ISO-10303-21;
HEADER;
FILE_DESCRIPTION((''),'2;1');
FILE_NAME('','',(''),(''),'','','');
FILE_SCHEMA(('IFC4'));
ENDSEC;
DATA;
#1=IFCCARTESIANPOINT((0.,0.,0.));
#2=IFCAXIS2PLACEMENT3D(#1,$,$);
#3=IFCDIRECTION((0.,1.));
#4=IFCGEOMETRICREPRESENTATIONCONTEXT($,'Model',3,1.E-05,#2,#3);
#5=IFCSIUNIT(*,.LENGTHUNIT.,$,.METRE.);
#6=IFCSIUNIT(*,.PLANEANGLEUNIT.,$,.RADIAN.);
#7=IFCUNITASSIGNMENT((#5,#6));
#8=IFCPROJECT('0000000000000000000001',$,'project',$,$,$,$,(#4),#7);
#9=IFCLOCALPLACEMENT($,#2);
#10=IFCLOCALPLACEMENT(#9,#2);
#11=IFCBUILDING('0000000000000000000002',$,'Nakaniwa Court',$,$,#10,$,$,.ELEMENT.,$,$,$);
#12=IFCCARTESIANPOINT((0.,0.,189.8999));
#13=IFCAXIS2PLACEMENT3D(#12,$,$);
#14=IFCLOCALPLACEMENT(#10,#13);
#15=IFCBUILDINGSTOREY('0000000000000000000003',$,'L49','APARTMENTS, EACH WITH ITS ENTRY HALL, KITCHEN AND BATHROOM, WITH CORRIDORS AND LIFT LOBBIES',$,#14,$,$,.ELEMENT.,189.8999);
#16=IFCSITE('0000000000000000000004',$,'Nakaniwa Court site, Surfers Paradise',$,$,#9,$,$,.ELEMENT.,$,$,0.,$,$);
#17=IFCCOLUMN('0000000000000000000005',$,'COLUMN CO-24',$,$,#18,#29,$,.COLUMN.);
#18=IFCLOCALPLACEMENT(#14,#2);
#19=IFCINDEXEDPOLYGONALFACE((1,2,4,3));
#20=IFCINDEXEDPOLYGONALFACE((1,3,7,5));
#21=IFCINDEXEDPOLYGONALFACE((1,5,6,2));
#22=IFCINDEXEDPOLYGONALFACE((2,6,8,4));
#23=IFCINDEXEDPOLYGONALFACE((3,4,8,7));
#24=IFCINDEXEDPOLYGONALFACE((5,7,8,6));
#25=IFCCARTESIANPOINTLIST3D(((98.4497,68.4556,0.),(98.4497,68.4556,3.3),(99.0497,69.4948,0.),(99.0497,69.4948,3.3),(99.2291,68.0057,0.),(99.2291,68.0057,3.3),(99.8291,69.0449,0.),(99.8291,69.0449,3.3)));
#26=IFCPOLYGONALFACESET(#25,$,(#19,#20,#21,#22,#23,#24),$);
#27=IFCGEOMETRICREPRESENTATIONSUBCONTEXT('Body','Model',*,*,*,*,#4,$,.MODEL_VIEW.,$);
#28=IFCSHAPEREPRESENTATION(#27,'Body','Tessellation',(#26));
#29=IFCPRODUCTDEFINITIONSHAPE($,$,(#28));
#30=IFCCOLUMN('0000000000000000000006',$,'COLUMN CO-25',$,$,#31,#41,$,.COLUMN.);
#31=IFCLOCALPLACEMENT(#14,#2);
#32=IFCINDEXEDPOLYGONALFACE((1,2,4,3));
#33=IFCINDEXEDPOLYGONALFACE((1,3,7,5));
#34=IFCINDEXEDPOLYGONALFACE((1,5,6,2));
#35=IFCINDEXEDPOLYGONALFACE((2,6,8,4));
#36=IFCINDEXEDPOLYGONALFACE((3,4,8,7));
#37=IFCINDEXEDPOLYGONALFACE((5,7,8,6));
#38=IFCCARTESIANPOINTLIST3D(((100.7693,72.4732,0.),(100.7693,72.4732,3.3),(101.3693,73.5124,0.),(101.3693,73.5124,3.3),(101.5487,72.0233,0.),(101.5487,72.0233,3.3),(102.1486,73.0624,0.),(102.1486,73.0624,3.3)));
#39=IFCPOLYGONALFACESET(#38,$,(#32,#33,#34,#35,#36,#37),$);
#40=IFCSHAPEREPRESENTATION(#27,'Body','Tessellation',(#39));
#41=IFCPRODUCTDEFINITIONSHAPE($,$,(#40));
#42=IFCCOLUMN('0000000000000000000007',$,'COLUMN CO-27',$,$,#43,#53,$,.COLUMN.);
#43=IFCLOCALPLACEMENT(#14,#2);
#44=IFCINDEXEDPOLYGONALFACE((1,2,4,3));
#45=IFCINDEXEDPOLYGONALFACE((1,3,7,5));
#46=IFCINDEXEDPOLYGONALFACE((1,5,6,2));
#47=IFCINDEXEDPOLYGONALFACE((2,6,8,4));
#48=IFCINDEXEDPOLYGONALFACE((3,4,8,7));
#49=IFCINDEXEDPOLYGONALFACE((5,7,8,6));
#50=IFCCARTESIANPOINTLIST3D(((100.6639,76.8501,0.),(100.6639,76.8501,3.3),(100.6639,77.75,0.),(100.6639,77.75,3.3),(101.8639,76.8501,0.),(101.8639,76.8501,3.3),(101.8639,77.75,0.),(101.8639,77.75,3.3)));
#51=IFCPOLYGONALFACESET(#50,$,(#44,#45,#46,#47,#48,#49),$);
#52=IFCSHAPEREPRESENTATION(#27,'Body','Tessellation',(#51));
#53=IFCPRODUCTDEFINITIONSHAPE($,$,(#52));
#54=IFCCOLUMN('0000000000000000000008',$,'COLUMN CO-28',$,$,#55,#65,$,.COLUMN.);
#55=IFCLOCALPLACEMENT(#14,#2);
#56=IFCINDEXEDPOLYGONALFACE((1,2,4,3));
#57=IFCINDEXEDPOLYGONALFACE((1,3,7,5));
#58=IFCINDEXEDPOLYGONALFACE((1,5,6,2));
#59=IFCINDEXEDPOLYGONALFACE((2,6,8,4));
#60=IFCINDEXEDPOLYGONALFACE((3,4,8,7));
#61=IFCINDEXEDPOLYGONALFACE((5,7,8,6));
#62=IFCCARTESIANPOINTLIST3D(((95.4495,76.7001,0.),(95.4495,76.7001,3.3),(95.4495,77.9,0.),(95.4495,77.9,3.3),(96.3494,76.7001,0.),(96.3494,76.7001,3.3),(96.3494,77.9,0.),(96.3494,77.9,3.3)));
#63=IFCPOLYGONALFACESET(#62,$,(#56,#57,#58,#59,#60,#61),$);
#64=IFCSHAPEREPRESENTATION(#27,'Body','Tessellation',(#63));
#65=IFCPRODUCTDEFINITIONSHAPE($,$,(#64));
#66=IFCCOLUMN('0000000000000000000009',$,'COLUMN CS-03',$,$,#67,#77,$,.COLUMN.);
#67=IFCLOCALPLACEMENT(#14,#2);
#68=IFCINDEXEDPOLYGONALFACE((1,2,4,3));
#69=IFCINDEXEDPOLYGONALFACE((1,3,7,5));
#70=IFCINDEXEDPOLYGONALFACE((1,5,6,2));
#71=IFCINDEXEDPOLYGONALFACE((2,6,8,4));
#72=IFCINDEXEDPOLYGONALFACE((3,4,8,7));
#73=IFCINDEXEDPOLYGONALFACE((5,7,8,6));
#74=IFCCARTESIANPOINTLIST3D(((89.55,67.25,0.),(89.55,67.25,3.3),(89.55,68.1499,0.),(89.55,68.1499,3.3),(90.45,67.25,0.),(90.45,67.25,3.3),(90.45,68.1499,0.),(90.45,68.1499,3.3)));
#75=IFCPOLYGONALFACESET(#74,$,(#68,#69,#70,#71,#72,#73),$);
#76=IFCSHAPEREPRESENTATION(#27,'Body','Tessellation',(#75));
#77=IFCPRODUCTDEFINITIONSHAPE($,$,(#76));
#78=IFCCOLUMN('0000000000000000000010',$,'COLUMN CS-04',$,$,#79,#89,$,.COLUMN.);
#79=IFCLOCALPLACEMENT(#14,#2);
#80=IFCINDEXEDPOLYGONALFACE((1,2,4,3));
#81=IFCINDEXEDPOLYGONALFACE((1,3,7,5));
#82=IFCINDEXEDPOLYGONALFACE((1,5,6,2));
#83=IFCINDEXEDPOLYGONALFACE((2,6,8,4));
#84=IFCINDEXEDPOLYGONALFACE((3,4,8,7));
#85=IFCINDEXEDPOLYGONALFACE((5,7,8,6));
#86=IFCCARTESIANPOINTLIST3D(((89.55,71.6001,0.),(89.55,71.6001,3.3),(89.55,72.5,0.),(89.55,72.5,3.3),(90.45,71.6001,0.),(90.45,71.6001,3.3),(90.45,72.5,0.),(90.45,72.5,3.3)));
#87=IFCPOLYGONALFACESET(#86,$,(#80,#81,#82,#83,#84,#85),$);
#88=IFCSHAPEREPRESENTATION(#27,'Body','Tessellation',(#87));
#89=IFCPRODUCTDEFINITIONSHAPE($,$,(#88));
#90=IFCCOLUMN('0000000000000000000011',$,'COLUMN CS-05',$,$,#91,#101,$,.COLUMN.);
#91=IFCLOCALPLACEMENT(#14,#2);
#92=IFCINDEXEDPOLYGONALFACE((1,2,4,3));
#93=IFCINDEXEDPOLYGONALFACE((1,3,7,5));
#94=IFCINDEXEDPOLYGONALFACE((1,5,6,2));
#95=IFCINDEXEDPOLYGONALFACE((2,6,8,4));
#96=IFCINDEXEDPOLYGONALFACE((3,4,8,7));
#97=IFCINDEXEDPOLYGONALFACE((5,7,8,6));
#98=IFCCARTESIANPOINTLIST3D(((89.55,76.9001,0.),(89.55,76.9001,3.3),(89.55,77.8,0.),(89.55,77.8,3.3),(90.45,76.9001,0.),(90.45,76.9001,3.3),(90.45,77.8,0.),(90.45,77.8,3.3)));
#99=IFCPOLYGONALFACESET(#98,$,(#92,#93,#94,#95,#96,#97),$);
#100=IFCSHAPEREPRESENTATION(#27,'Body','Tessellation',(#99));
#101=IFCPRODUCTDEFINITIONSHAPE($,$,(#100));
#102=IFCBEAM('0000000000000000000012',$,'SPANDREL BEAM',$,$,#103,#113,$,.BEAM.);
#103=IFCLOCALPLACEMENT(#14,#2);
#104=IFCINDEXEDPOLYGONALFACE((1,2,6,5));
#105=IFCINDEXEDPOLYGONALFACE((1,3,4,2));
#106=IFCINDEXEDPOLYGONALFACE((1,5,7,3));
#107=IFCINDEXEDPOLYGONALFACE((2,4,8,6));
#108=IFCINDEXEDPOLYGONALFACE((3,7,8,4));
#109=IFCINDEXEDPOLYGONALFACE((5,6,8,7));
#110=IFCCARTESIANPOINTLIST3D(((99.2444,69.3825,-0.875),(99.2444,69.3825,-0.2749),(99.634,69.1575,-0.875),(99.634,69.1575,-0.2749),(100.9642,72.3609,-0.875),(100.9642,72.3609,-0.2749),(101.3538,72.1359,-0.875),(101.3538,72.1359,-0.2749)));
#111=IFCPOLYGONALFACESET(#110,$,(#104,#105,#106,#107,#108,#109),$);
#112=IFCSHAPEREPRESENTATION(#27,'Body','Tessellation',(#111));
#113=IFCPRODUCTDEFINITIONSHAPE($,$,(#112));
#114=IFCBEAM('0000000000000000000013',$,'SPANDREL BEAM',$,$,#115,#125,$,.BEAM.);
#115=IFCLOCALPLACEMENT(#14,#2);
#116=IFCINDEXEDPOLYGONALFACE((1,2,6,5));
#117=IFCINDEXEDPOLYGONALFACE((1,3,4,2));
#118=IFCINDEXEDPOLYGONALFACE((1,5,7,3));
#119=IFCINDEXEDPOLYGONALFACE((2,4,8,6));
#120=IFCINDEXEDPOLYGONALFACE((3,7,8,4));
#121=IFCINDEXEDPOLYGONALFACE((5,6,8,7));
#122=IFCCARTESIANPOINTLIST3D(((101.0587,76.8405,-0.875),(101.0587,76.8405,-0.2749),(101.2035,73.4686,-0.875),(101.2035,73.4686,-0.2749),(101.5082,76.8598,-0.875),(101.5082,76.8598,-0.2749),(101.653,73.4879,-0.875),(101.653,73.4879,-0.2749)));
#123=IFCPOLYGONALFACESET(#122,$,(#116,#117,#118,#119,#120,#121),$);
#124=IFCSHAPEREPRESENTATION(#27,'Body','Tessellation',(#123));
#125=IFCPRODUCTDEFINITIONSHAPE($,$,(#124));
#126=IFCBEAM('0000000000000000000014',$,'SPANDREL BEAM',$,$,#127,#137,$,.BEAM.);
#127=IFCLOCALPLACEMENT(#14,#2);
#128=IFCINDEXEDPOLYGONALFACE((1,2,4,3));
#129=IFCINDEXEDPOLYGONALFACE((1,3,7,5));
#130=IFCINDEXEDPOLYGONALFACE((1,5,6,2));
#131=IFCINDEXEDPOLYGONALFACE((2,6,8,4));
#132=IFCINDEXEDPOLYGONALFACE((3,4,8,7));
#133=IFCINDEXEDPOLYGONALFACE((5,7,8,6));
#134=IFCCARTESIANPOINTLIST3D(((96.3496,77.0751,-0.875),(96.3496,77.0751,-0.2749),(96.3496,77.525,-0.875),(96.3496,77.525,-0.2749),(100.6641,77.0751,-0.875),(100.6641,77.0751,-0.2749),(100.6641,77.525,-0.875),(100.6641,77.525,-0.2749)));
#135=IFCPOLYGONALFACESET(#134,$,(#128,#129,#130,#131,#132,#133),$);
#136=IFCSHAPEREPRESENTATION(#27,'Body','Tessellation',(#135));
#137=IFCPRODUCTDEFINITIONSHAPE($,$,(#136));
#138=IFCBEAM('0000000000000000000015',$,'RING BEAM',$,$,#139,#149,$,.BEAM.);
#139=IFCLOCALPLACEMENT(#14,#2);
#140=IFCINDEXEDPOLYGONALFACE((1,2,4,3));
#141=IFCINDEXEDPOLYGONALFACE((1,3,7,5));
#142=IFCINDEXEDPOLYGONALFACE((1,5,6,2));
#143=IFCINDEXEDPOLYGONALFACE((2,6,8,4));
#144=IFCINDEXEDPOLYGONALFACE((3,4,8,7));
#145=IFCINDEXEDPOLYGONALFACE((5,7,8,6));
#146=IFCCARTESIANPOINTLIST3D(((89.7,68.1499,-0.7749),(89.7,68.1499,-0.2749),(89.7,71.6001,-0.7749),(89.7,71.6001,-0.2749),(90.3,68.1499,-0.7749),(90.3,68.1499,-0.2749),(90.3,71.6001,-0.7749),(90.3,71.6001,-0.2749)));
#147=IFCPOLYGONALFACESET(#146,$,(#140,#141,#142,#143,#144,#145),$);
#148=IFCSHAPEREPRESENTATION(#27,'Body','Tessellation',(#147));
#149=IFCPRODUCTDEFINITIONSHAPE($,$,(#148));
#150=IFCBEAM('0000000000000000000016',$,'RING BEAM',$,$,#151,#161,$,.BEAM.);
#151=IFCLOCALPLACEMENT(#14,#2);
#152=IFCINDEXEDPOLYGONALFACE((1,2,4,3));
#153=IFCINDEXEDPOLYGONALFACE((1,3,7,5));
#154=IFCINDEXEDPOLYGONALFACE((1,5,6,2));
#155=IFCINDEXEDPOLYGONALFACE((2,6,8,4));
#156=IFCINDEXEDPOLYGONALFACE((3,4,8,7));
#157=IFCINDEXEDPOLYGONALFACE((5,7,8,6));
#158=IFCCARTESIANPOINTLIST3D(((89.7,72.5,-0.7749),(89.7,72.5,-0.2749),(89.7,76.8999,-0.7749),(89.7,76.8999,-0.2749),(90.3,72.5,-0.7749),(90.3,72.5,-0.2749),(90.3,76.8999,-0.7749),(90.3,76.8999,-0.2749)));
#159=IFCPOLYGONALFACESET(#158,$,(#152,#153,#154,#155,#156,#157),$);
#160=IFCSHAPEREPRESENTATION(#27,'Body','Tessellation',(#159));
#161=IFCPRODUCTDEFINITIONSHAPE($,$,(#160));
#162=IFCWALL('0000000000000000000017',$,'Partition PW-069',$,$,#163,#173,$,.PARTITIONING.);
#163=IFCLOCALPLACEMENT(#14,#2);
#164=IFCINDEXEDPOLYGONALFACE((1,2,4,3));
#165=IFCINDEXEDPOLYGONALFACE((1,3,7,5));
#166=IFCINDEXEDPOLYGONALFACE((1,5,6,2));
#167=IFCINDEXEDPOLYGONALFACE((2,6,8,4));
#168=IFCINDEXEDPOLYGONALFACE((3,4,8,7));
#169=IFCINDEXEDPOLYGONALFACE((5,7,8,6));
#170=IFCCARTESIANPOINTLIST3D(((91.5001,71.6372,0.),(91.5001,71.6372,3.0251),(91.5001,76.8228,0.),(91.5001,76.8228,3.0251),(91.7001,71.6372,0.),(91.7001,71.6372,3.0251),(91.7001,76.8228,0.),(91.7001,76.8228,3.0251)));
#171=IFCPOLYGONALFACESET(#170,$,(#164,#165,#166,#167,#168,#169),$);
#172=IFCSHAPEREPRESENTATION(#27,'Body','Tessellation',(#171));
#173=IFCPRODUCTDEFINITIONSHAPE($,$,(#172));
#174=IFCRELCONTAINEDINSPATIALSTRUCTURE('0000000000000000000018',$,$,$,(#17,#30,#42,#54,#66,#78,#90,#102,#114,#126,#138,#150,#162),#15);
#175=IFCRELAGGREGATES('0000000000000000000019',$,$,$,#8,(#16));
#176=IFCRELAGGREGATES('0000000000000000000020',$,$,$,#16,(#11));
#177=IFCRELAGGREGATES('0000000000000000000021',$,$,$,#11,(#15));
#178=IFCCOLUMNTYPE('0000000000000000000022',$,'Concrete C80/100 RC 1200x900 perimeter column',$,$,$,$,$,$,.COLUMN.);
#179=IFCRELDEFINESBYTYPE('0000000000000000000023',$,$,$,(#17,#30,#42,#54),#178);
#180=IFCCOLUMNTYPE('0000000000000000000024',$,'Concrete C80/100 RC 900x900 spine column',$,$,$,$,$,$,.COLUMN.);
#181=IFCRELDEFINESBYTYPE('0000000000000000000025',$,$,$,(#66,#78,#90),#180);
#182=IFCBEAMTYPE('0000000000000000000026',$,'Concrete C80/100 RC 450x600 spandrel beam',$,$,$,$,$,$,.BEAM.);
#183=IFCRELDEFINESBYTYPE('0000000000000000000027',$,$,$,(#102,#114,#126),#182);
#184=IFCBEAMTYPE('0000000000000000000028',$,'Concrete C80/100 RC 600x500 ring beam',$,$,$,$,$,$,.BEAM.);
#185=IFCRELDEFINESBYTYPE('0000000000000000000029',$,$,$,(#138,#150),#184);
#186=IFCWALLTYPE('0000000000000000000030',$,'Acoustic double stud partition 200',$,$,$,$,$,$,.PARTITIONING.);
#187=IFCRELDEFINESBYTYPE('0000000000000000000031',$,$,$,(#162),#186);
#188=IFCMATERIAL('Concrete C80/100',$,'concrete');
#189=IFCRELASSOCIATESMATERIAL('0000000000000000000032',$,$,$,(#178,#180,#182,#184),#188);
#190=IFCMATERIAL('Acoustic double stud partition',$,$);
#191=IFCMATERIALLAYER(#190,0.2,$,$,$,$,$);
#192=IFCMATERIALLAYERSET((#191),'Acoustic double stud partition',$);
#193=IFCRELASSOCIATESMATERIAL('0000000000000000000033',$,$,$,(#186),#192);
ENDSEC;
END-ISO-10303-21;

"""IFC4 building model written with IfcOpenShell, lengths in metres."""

from ifc_helpers import new_model, si_unit, direction, frame, frame_2d, origin, origin_2d, place, context, subcontext, project, spatial, rectangle, extrude, material, layer, layer_set, material_profile, profile_set, type_object, element, save


model = new_model("IFC4")

# Units and contexts
model_context = context("Model", 3, precision=1e-05, world=origin(), true_north=direction((0.0, 1.0)))
body_context = subcontext(model_context, "Body", "Model", "MODEL_VIEW")
ifc_project = project(units=[si_unit("LENGTHUNIT", "METRE"), si_unit("PLANEANGLEUNIT", "RADIAN")], contexts=[model_context])

# Site, building, storey
site_placement = place(None, origin())
site = spatial("IfcSite", under=ifc_project, at=site_placement, Name="Nakaniwa Court site, Surfers Paradise", CompositionType="ELEMENT", RefElevation=0.0)
building_placement = place(site_placement, origin())
building = spatial("IfcBuilding", under=site, at=building_placement, Name="Nakaniwa Court", CompositionType="ELEMENT")
storey_placement = place(building_placement, frame((0.0, 0.0, 189.8999)))
storey = spatial("IfcBuildingStorey", under=building, at=storey_placement, Name="L49", Description="APARTMENTS, EACH WITH ITS ENTRY HALL, KITCHEN AND BATHROOM, WITH CORRIDORS AND LIFT LOBBIES", CompositionType="ELEMENT", Elevation=189.8999)

# Columns
ifc_material_1 = material(Name="Concrete C80/100", Category="concrete")
ifc_material_profile_1 = material_profile(ifc_material_1, rectangle(XDim=1.2, YDim=0.8999, at=origin_2d()), Name="Concrete C80/100 RC 1200x900 perimeter column")
ifc_profile_set_1 = profile_set([ifc_material_profile_1], Name="Concrete C80/100")
column_type_1 = type_object("IfcColumnType", Name="Concrete C80/100 RC 1200x900 perimeter column", PredefinedType="COLUMN", material=ifc_profile_set_1)
for number, where, z_axis, x_axis, name in (
    (1, (99.1394, 68.7502, 0.0), (0.0, 0.0, 1.0), (0.5, 0.866025, 0.0), "COLUMN CO-24"),
    (2, (101.459, 72.7678, 0.0), (0.0, 0.0, 1.0), (0.5, 0.866025, 0.0), "COLUMN CO-25"),
    (3, (101.2639, 77.3, 0.0), (0.0, 0.0, 1.0), (-1.0, 0.0, 0.0), "COLUMN CO-27"),
    (4, (95.8994, 77.3, 0.0), (0.0, 0.0, 1.0), (0.0, 1.0, 0.0), "COLUMN CO-28"),
):
    element("IfcColumn", number, at=place(storey_placement, frame(where, z_axis=z_axis, x_axis=x_axis)), inside=storey, type_object=column_type_1, Name=name, PredefinedType="COLUMN", context=body_context, shape_type="SweptSolid", body=[
        extrude(rectangle(XDim=1.2, YDim=0.8999, at=origin_2d()), origin(), (0.0, 0.0, 1.0), 3.3),
    ])
ifc_material_profile_2 = material_profile(ifc_material_1, rectangle(XDim=0.8999, YDim=0.8999, at=origin_2d()), Name="Concrete C80/100 RC 900x900 spine column")
ifc_profile_set_2 = profile_set([ifc_material_profile_2], Name="Concrete C80/100")
column_type_2 = type_object("IfcColumnType", Name="Concrete C80/100 RC 900x900 spine column", PredefinedType="COLUMN", material=ifc_profile_set_2)
for number, where, z_axis, x_axis, name in (
    (5, (90.0, 67.7, 0.0), (0.0, 0.0, 1.0), (0.0, 1.0, 0.0), "COLUMN CS-03"),
    (6, (90.0, 72.05, 0.0), (0.0, 0.0, 1.0), (0.0, 1.0, 0.0), "COLUMN CS-04"),
    (7, (90.0, 77.3501, 0.0), (0.0, 0.0, 1.0), (0.0, 1.0, 0.0), "COLUMN CS-05"),
):
    element("IfcColumn", number, at=place(storey_placement, frame(where, z_axis=z_axis, x_axis=x_axis)), inside=storey, type_object=column_type_2, Name=name, PredefinedType="COLUMN", context=body_context, shape_type="SweptSolid", body=[
        extrude(rectangle(XDim=0.8999, YDim=0.8999, at=origin_2d()), origin(), (0.0, 0.0, 1.0), 3.3),
    ])

# Beams
ifc_material_profile_3 = material_profile(ifc_material_1, rectangle(XDim=0.45, YDim=0.6001, at=origin_2d()), Name="Concrete C80/100 RC 450x600 spandrel beam")
ifc_profile_set_3 = profile_set([ifc_material_profile_3], Name="Concrete C80/100")
beam_type_1 = type_object("IfcBeamType", Name="Concrete C80/100 RC 450x600 spandrel beam", PredefinedType="BEAM", material=ifc_profile_set_3)
beam_1_placement = place(storey_placement, frame((99.4392, 69.27, -0.575), z_axis=(0.500048, 0.865998, 0.0), x_axis=(-0.865998, 0.500048, 0.0)))
element("IfcBeam", 8, at=beam_1_placement, inside=storey, type_object=beam_type_1, Name="SPANDREL BEAM", PredefinedType="BEAM", context=body_context, shape_type="SweptSolid", body=[
    extrude(rectangle(XDim=0.45, YDim=0.6001, at=origin_2d()), origin(), (0.0, 0.0, 1.0), 3.4392),
])
beam_2_placement = place(storey_placement, frame((101.4282, 73.4783, -0.575), z_axis=(-0.042897, 0.999079, 0.0), x_axis=(-0.999079, -0.042897, 0.0)))
element("IfcBeam", 9, at=beam_2_placement, inside=storey, type_object=beam_type_1, Name="SPANDREL BEAM", PredefinedType="BEAM", context=body_context, shape_type="SweptSolid", body=[
    extrude(rectangle(XDim=0.45, YDim=0.6001, at=origin_2d()), origin(), (0.0, 0.0, 1.0), 3.375),
])
beam_3_placement = place(storey_placement, frame((100.6641, 77.3, -0.575), z_axis=(-1.0, 0.0, 0.0), x_axis=(0.0, -1.0, 0.0)))
element("IfcBeam", 10, at=beam_3_placement, inside=storey, type_object=beam_type_1, Name="SPANDREL BEAM", PredefinedType="BEAM", context=body_context, shape_type="SweptSolid", body=[
    extrude(rectangle(XDim=0.45, YDim=0.6001, at=origin_2d()), origin(), (0.0, 0.0, 1.0), 4.3145),
])
ifc_material_profile_4 = material_profile(ifc_material_1, rectangle(XDim=0.6001, YDim=0.5, at=origin_2d()), Name="Concrete C80/100 RC 600x500 ring beam")
ifc_profile_set_4 = profile_set([ifc_material_profile_4], Name="Concrete C80/100")
beam_type_2 = type_object("IfcBeamType", Name="Concrete C80/100 RC 600x500 ring beam", PredefinedType="BEAM", material=ifc_profile_set_4)
beam_4_placement = place(storey_placement, frame((90.0, 68.1499, -0.5249), z_axis=(0.0, 1.0, 0.0), x_axis=(-1.0, 0.0, 0.0)))
element("IfcBeam", 11, at=beam_4_placement, inside=storey, type_object=beam_type_2, Name="RING BEAM", PredefinedType="BEAM", context=body_context, shape_type="SweptSolid", body=[
    extrude(rectangle(XDim=0.6001, YDim=0.5, at=origin_2d()), origin(), (0.0, 0.0, 1.0), 3.4502),
])
beam_5_placement = place(storey_placement, frame((90.0, 72.5, -0.5249), z_axis=(0.0, 1.0, 0.0), x_axis=(-1.0, 0.0, 0.0)))
element("IfcBeam", 12, at=beam_5_placement, inside=storey, type_object=beam_type_2, Name="RING BEAM", PredefinedType="BEAM", context=body_context, shape_type="SweptSolid", body=[
    extrude(rectangle(XDim=0.6001, YDim=0.5, at=origin_2d()), origin(), (0.0, 0.0, 1.0), 4.3999),
])

# Wall
ifc_material_2 = material(Name="Acoustic double stud partition")
ifc_layer_1 = layer(ifc_material_2, 0.2)
ifc_layer_set_1 = layer_set([ifc_layer_1], Name="Acoustic double stud partition")
wall_type_1 = type_object("IfcWallType", Name="Acoustic double stud partition 200", PredefinedType="PARTITIONING", material=ifc_layer_set_1)
wall_1_placement = place(storey_placement, frame((91.6001, 71.6372, 0.0), z_axis=(0.0, 0.0, 1.0), x_axis=(0.0, 1.0, 0.0)))
element("IfcWall", 13, at=wall_1_placement, inside=storey, type_object=wall_type_1, Name="Partition PW-069", PredefinedType="PARTITIONING", context=body_context, shape_type="SweptSolid", body=[
    extrude(rectangle(XDim=5.1855, YDim=0.2, at=frame_2d((2.5928, 0.0))), origin(), (0.0, 0.0, 1.0), 3.0251),
])

save(model, "model.ifc")
